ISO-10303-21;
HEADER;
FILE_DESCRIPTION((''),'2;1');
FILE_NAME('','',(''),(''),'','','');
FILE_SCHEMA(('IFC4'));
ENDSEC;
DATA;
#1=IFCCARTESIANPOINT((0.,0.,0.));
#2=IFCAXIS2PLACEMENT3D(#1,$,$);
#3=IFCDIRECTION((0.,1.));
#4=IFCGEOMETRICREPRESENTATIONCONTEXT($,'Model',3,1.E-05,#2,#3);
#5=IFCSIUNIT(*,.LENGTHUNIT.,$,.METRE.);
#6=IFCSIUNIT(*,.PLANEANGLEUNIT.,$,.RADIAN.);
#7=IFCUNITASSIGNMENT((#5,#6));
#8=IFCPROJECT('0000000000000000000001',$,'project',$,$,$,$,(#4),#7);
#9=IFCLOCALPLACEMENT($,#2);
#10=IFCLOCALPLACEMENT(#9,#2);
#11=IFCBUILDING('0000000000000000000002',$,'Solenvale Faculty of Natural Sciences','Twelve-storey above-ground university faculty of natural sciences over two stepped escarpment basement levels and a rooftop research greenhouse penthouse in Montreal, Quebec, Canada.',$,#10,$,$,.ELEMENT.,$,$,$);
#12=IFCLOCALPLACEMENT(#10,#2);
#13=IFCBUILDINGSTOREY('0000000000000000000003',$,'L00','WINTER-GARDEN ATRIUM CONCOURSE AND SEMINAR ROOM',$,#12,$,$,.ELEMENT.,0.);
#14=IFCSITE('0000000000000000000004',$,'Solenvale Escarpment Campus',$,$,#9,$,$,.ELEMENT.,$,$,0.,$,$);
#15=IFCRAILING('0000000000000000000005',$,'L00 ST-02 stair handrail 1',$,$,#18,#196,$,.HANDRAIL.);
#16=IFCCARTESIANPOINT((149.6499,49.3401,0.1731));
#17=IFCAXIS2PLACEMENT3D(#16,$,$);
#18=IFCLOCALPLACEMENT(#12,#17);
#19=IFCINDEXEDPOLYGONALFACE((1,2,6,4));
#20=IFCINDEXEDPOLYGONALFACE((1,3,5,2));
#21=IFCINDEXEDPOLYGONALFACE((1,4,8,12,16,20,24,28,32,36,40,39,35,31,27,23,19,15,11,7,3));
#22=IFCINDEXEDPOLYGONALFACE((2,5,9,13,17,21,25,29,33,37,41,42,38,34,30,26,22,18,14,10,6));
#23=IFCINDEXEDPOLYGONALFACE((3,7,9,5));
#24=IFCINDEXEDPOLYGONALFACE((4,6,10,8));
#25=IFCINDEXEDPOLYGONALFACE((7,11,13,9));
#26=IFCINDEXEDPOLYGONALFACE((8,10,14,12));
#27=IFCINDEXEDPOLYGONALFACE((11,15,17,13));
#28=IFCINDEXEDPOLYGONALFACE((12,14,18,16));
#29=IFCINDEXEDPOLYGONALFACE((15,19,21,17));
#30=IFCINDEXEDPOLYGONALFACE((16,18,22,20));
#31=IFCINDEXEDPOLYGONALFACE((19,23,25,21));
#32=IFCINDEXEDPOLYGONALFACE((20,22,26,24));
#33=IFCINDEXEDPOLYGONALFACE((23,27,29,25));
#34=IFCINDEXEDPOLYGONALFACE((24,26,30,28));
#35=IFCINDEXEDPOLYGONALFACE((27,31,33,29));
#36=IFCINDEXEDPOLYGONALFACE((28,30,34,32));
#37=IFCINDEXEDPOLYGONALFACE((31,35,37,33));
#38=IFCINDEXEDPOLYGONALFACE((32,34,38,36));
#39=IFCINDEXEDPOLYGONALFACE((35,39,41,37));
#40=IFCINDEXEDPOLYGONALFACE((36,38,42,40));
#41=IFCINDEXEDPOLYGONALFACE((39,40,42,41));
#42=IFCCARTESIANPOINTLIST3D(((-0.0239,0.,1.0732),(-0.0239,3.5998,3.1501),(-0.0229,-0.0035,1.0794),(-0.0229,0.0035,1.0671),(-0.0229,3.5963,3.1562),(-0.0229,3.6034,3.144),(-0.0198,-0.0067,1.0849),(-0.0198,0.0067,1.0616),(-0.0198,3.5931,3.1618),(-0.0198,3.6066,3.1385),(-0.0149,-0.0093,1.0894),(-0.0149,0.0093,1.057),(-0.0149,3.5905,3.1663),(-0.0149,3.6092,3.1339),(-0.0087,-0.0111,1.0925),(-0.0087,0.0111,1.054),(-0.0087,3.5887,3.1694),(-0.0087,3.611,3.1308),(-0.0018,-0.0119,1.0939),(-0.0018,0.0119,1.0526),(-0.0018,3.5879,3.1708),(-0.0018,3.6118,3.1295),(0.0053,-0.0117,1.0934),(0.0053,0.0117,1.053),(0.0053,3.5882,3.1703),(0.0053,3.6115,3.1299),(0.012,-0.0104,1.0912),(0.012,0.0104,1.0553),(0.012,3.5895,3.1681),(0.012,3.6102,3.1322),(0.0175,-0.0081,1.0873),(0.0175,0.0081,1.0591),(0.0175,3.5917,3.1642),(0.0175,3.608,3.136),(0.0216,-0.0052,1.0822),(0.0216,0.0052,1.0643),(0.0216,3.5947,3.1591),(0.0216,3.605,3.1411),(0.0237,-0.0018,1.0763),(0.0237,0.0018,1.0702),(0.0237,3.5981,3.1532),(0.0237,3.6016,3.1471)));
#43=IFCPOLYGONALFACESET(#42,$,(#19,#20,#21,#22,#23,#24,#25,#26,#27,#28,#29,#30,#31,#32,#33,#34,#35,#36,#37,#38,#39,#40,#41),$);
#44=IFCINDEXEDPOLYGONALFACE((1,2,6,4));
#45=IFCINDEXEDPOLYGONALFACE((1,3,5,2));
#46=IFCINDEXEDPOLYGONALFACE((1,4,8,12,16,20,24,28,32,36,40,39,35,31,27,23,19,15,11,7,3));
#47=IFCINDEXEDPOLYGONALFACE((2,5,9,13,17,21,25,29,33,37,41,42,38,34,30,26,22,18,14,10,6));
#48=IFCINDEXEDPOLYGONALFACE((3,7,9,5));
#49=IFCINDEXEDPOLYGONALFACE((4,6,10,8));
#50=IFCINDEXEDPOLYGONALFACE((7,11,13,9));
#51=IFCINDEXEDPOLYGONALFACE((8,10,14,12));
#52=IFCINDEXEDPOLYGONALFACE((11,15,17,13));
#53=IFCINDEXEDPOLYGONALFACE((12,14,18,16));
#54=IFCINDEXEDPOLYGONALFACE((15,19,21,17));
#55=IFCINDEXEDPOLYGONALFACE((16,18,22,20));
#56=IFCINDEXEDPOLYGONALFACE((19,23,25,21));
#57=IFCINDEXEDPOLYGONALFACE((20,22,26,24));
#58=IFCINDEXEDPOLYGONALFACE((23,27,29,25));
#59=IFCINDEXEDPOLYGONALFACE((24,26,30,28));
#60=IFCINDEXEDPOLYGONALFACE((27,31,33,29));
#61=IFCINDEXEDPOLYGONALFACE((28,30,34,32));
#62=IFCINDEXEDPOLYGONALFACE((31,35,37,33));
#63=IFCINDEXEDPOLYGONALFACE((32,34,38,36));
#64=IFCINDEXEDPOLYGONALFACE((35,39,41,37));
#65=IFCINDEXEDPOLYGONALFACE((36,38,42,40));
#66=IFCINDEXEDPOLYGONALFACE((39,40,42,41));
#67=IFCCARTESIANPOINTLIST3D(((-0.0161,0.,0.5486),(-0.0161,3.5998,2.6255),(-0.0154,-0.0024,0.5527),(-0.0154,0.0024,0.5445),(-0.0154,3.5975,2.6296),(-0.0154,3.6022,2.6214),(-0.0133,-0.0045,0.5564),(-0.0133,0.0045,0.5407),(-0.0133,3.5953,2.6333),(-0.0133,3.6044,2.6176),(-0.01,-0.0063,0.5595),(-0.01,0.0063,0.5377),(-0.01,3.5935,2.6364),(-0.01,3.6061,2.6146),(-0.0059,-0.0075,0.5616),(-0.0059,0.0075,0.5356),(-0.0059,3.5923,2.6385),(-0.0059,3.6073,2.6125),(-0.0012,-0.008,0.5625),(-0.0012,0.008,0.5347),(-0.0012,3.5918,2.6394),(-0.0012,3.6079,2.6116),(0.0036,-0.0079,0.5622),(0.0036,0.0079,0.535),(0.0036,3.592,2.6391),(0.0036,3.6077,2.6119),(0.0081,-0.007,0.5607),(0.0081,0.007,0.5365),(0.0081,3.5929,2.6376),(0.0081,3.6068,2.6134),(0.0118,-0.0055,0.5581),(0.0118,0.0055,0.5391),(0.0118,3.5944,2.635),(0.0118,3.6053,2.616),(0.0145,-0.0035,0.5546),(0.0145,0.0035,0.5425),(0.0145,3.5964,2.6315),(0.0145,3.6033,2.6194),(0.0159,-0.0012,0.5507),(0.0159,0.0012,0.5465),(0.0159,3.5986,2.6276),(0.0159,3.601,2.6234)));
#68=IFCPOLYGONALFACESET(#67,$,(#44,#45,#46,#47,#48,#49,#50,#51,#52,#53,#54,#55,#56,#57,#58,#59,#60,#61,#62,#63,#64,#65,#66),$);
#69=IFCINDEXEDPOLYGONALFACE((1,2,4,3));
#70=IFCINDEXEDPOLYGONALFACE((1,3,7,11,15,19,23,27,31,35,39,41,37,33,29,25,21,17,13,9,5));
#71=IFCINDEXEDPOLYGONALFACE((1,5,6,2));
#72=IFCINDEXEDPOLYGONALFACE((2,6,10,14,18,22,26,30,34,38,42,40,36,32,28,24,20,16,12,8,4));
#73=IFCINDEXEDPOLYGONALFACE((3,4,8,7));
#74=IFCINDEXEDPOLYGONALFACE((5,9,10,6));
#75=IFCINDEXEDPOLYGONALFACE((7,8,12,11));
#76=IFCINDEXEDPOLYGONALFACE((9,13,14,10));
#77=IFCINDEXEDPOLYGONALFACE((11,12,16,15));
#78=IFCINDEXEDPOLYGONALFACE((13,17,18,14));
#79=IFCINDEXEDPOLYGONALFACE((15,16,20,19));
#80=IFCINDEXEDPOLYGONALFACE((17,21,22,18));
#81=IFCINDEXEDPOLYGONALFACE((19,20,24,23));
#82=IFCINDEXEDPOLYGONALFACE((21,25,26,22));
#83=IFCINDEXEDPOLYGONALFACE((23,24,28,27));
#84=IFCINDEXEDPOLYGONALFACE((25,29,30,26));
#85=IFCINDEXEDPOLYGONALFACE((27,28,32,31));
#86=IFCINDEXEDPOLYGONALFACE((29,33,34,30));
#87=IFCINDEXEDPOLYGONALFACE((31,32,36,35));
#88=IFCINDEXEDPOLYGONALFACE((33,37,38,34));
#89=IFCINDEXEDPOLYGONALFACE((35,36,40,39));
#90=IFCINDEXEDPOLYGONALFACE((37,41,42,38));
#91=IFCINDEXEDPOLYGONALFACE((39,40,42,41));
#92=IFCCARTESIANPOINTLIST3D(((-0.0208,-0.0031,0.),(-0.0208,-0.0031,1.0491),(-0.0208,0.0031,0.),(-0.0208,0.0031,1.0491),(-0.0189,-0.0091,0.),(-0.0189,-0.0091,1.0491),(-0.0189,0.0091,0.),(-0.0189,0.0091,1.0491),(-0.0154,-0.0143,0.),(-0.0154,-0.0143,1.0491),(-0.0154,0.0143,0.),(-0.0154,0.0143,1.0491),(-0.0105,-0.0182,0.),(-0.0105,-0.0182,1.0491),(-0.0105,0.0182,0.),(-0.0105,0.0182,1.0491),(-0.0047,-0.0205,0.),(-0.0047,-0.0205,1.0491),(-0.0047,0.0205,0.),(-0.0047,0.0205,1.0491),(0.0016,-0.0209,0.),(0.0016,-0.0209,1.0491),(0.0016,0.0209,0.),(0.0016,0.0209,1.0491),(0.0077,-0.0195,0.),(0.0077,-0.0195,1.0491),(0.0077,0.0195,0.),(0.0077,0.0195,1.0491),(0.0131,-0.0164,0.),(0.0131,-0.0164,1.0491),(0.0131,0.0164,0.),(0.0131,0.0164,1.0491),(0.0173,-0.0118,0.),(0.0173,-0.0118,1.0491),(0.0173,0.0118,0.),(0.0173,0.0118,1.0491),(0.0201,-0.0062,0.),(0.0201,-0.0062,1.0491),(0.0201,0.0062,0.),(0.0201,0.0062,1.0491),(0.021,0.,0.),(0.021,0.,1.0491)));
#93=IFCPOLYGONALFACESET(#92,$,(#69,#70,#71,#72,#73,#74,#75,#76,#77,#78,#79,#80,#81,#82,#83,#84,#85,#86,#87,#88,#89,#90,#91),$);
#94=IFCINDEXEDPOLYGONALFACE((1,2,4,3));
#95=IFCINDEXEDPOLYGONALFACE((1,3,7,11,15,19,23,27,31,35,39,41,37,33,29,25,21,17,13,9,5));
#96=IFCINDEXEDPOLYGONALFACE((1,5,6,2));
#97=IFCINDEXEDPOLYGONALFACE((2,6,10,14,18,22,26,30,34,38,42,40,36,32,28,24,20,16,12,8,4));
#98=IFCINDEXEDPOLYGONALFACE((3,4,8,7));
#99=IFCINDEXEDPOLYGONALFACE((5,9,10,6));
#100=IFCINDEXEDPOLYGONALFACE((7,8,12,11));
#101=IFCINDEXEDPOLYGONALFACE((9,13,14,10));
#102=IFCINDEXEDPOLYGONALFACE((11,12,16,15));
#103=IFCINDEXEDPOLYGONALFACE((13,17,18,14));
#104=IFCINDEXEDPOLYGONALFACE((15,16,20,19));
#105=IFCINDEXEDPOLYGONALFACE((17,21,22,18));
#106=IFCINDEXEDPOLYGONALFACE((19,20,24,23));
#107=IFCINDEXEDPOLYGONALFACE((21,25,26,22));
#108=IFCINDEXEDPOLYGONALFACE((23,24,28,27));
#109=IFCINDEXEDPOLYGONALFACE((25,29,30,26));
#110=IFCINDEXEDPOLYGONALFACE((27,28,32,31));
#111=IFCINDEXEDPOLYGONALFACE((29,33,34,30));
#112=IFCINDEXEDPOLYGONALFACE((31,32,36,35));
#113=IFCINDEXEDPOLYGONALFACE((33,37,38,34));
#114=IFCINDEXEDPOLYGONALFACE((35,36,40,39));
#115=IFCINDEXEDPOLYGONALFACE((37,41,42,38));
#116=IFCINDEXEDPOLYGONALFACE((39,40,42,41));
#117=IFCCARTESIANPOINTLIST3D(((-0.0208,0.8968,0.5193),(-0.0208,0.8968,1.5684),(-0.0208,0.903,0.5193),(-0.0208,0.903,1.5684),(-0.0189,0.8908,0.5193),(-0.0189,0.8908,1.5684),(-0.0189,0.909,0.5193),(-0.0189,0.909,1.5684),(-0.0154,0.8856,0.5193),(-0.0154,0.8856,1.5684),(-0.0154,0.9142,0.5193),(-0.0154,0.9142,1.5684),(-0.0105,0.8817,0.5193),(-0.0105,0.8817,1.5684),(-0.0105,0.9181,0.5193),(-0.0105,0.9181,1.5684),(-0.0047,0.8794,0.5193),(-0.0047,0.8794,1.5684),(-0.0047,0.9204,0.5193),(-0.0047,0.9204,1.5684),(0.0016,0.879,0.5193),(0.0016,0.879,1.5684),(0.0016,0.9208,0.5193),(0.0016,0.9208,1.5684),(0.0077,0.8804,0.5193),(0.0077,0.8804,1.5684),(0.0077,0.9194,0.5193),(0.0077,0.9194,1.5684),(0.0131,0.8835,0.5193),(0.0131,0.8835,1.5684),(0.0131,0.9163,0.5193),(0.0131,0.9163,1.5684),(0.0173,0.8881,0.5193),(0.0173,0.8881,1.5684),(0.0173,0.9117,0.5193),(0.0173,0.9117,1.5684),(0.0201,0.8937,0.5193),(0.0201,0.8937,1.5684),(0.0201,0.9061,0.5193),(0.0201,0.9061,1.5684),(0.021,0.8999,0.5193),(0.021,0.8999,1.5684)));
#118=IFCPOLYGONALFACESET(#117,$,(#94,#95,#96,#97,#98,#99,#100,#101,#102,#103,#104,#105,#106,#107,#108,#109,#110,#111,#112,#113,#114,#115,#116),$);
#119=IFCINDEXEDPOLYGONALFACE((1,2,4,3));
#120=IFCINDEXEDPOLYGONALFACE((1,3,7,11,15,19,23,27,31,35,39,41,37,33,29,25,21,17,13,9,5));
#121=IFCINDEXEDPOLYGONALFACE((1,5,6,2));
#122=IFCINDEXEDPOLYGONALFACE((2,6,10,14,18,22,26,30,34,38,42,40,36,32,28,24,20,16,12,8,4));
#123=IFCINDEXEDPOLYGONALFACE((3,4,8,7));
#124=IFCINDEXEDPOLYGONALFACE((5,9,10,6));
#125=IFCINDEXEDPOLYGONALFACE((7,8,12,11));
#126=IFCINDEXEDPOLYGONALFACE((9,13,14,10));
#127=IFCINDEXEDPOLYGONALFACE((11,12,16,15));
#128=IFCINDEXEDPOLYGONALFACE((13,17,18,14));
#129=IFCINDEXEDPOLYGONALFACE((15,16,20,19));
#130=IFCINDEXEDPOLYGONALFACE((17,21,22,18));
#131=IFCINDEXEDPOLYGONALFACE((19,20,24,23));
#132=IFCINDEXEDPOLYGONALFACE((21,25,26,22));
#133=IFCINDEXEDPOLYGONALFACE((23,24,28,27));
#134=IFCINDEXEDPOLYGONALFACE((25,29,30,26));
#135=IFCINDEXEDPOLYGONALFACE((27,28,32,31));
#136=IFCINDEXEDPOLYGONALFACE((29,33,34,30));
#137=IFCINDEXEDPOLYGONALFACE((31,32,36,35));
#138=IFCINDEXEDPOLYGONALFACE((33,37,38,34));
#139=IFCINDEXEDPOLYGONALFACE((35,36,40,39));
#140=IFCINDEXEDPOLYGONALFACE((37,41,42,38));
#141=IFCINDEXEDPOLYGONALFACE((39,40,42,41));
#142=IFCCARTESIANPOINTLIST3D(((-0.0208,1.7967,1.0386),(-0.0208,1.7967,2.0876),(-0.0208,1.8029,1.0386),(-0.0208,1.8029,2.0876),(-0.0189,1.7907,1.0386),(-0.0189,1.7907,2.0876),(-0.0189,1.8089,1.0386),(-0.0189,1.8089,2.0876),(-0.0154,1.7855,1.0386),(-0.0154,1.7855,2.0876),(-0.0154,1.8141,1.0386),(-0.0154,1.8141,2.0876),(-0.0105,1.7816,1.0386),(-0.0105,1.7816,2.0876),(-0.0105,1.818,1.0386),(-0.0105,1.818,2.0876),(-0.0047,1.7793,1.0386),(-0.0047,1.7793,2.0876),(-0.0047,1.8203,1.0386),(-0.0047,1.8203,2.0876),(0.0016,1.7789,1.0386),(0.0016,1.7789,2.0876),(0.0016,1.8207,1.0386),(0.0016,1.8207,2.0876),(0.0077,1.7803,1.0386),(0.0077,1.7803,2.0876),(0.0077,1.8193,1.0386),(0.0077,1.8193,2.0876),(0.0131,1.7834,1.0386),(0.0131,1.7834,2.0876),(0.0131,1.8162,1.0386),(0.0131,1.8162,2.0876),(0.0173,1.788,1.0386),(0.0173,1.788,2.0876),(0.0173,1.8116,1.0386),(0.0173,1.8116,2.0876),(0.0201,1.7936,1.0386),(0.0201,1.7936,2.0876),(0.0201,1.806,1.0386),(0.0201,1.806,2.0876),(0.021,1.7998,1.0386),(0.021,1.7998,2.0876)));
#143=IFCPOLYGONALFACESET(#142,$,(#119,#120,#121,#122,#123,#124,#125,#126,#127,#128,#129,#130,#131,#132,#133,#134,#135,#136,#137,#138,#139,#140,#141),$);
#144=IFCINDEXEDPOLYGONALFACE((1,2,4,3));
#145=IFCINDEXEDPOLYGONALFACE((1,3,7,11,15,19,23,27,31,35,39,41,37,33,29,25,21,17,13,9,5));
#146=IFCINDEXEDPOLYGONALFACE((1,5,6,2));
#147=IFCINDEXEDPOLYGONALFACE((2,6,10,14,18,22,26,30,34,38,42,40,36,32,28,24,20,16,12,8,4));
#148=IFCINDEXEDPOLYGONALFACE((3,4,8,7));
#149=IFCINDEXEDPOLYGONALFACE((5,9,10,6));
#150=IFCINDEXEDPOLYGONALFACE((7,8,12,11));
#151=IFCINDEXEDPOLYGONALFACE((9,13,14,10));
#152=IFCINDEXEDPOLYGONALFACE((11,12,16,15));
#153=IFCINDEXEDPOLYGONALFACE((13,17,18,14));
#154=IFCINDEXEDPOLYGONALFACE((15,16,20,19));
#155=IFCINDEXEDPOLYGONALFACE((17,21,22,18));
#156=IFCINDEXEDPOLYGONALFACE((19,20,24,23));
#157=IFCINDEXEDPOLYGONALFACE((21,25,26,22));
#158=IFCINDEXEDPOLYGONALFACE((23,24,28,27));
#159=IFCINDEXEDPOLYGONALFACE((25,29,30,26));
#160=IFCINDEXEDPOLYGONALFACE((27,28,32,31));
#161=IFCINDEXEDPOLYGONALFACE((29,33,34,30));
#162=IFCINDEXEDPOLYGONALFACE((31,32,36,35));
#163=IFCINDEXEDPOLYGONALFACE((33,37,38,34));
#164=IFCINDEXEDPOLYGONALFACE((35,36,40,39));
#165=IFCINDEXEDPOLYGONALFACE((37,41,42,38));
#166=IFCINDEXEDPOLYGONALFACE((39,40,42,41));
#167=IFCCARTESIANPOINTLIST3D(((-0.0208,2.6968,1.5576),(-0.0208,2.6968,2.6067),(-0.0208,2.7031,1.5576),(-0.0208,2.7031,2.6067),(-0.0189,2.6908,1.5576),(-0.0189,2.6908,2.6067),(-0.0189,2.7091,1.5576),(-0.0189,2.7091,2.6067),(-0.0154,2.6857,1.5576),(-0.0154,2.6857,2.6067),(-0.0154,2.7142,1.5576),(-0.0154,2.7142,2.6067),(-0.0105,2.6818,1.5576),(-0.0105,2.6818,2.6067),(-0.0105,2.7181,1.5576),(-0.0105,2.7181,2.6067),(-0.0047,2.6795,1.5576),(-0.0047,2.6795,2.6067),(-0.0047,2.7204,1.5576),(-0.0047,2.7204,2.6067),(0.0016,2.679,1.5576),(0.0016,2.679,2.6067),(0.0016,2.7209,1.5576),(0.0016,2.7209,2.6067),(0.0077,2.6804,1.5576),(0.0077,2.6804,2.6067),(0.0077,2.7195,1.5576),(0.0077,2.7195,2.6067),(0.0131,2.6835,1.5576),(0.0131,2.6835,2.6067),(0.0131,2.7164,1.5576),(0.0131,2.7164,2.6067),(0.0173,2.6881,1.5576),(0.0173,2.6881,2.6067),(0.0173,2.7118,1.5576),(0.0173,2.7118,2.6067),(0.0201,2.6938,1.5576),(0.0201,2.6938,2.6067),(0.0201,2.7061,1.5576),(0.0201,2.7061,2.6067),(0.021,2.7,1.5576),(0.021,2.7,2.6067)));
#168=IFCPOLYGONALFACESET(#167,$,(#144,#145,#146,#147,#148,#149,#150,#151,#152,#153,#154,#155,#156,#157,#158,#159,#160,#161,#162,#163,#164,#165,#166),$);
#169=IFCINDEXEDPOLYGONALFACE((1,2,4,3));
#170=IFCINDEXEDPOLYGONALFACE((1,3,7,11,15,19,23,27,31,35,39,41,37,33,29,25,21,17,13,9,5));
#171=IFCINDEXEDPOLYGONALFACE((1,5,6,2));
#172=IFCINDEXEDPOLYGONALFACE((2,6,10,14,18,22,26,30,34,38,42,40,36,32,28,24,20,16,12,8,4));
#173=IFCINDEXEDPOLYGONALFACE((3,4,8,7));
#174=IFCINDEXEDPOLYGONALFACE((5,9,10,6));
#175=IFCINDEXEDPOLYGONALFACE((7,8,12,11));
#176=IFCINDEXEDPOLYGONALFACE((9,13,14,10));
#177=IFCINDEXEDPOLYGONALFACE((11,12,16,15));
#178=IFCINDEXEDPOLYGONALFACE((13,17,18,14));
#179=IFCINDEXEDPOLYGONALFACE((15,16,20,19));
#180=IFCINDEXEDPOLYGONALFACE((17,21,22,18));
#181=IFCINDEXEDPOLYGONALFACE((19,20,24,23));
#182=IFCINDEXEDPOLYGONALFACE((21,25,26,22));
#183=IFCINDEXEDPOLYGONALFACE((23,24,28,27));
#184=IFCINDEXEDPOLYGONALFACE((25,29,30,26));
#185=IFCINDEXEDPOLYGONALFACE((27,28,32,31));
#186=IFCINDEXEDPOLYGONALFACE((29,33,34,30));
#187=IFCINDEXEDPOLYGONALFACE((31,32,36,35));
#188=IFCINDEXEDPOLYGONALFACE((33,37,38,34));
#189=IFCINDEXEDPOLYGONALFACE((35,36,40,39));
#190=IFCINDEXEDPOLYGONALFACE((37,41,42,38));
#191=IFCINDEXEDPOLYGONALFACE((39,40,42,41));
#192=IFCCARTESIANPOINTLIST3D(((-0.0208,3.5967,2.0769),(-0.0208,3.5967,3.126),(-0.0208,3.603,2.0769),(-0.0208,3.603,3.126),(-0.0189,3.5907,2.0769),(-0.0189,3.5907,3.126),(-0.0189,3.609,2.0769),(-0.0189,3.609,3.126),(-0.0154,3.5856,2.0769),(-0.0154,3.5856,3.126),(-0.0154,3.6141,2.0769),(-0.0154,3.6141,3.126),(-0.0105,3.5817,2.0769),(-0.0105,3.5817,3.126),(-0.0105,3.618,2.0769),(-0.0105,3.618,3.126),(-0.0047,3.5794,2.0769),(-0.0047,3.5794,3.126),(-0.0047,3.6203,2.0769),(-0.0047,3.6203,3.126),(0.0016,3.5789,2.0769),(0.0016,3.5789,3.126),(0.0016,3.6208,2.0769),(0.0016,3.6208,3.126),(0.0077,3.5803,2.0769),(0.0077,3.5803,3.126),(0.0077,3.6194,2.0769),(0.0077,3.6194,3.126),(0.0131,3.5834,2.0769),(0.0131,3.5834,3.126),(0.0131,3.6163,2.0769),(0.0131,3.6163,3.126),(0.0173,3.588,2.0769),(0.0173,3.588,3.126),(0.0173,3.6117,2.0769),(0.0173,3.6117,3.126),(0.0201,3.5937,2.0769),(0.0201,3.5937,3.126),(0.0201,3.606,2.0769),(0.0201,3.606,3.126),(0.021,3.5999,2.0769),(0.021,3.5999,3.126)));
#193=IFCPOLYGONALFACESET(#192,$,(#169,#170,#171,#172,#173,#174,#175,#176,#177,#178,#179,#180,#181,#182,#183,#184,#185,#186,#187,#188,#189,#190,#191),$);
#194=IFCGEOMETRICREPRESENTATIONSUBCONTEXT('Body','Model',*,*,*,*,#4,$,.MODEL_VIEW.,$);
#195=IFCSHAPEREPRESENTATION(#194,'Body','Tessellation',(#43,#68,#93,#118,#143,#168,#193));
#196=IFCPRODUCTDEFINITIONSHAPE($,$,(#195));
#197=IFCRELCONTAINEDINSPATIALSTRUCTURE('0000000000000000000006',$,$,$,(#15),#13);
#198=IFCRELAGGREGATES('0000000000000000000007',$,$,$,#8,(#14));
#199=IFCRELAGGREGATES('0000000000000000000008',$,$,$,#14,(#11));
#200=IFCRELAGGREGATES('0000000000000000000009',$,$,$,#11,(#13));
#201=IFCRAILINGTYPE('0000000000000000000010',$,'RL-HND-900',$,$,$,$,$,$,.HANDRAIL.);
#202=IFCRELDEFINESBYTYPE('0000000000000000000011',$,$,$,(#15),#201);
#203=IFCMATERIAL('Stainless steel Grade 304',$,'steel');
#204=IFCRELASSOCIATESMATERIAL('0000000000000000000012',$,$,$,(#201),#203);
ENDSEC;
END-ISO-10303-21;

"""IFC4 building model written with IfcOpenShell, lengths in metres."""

from ifc_helpers import new_model, si_unit, direction, frame, origin, origin_2d, place, context, subcontext, project, spatial, circle, extrude, material, type_object, element, save


model = new_model("IFC4")

# Units and contexts
model_context = context("Model", 3, precision=1e-05, world=origin(), true_north=direction((0.0, 1.0)))
body_context = subcontext(model_context, "Body", "Model", "MODEL_VIEW")
ifc_project = project(units=[si_unit("LENGTHUNIT", "METRE"), si_unit("PLANEANGLEUNIT", "RADIAN")], contexts=[model_context])

# Site, building, storey
site_placement = place(None, origin())
site = spatial("IfcSite", under=ifc_project, at=site_placement, Name="Solenvale Escarpment Campus", CompositionType="ELEMENT", RefElevation=0.0)
building_placement = place(site_placement, origin())
building = spatial("IfcBuilding", under=site, at=building_placement, Name="Solenvale Faculty of Natural Sciences", Description="Twelve-storey above-ground university faculty of natural sciences over two stepped escarpment basement levels and a rooftop research greenhouse penthouse in Montreal, Quebec, Canada.", CompositionType="ELEMENT")
storey_placement = place(building_placement, origin())
storey = spatial("IfcBuildingStorey", under=building, at=storey_placement, Name="L00", Description="WINTER-GARDEN ATRIUM CONCOURSE AND SEMINAR ROOM", CompositionType="ELEMENT", Elevation=0.0)

# Shared definitions
ifc_material_1 = material(Name="Stainless steel Grade 304", Category="steel")

# Railing
railing_type_1 = type_object("IfcRailingType", Name="RL-HND-900", PredefinedType="HANDRAIL", material=ifc_material_1)
railing_1_placement = place(storey_placement, frame((149.6499, 49.3401, 0.1731)))
element("IfcRailing", 1, at=railing_1_placement, inside=storey, type_object=railing_type_1, Name="L00 ST-02 stair handrail 1", PredefinedType="HANDRAIL", context=body_context, shape_type="SweptSolid", body=[
    extrude(circle(Radius=0.0239, at=origin_2d()), frame((0.0, 0.0, 1.0732), z_axis=(0.0, 0.866179, 0.499734), x_axis=(-1.0, 0.0, 0.0)), (0.0, 0.0, 1.0), 4.156),
    extrude(circle(Radius=0.0161, at=origin_2d()), frame((0.0, 0.0, 0.5486), z_axis=(0.0, 0.866179, 0.499734), x_axis=(-1.0, 0.0, 0.0)), (0.0, 0.0, 1.0), 4.156),
    extrude(circle(Radius=0.021, at=origin_2d()), origin(), (0.0, 0.0, 1.0), 1.0491),
    extrude(circle(Radius=0.021, at=origin_2d()), frame((0.0, 0.8999, 0.5193)), (0.0, 0.0, 1.0), 1.0491),
    extrude(circle(Radius=0.021, at=origin_2d()), frame((0.0, 1.7998, 1.0386)), (0.0, 0.0, 1.0), 1.0491),
    extrude(circle(Radius=0.021, at=origin_2d()), frame((0.0, 2.7, 1.5576)), (0.0, 0.0, 1.0), 1.0491),
    extrude(circle(Radius=0.021, at=origin_2d()), frame((0.0, 3.5999, 2.0769)), (0.0, 0.0, 1.0), 1.0491),
])

save(model, "model.ifc")
